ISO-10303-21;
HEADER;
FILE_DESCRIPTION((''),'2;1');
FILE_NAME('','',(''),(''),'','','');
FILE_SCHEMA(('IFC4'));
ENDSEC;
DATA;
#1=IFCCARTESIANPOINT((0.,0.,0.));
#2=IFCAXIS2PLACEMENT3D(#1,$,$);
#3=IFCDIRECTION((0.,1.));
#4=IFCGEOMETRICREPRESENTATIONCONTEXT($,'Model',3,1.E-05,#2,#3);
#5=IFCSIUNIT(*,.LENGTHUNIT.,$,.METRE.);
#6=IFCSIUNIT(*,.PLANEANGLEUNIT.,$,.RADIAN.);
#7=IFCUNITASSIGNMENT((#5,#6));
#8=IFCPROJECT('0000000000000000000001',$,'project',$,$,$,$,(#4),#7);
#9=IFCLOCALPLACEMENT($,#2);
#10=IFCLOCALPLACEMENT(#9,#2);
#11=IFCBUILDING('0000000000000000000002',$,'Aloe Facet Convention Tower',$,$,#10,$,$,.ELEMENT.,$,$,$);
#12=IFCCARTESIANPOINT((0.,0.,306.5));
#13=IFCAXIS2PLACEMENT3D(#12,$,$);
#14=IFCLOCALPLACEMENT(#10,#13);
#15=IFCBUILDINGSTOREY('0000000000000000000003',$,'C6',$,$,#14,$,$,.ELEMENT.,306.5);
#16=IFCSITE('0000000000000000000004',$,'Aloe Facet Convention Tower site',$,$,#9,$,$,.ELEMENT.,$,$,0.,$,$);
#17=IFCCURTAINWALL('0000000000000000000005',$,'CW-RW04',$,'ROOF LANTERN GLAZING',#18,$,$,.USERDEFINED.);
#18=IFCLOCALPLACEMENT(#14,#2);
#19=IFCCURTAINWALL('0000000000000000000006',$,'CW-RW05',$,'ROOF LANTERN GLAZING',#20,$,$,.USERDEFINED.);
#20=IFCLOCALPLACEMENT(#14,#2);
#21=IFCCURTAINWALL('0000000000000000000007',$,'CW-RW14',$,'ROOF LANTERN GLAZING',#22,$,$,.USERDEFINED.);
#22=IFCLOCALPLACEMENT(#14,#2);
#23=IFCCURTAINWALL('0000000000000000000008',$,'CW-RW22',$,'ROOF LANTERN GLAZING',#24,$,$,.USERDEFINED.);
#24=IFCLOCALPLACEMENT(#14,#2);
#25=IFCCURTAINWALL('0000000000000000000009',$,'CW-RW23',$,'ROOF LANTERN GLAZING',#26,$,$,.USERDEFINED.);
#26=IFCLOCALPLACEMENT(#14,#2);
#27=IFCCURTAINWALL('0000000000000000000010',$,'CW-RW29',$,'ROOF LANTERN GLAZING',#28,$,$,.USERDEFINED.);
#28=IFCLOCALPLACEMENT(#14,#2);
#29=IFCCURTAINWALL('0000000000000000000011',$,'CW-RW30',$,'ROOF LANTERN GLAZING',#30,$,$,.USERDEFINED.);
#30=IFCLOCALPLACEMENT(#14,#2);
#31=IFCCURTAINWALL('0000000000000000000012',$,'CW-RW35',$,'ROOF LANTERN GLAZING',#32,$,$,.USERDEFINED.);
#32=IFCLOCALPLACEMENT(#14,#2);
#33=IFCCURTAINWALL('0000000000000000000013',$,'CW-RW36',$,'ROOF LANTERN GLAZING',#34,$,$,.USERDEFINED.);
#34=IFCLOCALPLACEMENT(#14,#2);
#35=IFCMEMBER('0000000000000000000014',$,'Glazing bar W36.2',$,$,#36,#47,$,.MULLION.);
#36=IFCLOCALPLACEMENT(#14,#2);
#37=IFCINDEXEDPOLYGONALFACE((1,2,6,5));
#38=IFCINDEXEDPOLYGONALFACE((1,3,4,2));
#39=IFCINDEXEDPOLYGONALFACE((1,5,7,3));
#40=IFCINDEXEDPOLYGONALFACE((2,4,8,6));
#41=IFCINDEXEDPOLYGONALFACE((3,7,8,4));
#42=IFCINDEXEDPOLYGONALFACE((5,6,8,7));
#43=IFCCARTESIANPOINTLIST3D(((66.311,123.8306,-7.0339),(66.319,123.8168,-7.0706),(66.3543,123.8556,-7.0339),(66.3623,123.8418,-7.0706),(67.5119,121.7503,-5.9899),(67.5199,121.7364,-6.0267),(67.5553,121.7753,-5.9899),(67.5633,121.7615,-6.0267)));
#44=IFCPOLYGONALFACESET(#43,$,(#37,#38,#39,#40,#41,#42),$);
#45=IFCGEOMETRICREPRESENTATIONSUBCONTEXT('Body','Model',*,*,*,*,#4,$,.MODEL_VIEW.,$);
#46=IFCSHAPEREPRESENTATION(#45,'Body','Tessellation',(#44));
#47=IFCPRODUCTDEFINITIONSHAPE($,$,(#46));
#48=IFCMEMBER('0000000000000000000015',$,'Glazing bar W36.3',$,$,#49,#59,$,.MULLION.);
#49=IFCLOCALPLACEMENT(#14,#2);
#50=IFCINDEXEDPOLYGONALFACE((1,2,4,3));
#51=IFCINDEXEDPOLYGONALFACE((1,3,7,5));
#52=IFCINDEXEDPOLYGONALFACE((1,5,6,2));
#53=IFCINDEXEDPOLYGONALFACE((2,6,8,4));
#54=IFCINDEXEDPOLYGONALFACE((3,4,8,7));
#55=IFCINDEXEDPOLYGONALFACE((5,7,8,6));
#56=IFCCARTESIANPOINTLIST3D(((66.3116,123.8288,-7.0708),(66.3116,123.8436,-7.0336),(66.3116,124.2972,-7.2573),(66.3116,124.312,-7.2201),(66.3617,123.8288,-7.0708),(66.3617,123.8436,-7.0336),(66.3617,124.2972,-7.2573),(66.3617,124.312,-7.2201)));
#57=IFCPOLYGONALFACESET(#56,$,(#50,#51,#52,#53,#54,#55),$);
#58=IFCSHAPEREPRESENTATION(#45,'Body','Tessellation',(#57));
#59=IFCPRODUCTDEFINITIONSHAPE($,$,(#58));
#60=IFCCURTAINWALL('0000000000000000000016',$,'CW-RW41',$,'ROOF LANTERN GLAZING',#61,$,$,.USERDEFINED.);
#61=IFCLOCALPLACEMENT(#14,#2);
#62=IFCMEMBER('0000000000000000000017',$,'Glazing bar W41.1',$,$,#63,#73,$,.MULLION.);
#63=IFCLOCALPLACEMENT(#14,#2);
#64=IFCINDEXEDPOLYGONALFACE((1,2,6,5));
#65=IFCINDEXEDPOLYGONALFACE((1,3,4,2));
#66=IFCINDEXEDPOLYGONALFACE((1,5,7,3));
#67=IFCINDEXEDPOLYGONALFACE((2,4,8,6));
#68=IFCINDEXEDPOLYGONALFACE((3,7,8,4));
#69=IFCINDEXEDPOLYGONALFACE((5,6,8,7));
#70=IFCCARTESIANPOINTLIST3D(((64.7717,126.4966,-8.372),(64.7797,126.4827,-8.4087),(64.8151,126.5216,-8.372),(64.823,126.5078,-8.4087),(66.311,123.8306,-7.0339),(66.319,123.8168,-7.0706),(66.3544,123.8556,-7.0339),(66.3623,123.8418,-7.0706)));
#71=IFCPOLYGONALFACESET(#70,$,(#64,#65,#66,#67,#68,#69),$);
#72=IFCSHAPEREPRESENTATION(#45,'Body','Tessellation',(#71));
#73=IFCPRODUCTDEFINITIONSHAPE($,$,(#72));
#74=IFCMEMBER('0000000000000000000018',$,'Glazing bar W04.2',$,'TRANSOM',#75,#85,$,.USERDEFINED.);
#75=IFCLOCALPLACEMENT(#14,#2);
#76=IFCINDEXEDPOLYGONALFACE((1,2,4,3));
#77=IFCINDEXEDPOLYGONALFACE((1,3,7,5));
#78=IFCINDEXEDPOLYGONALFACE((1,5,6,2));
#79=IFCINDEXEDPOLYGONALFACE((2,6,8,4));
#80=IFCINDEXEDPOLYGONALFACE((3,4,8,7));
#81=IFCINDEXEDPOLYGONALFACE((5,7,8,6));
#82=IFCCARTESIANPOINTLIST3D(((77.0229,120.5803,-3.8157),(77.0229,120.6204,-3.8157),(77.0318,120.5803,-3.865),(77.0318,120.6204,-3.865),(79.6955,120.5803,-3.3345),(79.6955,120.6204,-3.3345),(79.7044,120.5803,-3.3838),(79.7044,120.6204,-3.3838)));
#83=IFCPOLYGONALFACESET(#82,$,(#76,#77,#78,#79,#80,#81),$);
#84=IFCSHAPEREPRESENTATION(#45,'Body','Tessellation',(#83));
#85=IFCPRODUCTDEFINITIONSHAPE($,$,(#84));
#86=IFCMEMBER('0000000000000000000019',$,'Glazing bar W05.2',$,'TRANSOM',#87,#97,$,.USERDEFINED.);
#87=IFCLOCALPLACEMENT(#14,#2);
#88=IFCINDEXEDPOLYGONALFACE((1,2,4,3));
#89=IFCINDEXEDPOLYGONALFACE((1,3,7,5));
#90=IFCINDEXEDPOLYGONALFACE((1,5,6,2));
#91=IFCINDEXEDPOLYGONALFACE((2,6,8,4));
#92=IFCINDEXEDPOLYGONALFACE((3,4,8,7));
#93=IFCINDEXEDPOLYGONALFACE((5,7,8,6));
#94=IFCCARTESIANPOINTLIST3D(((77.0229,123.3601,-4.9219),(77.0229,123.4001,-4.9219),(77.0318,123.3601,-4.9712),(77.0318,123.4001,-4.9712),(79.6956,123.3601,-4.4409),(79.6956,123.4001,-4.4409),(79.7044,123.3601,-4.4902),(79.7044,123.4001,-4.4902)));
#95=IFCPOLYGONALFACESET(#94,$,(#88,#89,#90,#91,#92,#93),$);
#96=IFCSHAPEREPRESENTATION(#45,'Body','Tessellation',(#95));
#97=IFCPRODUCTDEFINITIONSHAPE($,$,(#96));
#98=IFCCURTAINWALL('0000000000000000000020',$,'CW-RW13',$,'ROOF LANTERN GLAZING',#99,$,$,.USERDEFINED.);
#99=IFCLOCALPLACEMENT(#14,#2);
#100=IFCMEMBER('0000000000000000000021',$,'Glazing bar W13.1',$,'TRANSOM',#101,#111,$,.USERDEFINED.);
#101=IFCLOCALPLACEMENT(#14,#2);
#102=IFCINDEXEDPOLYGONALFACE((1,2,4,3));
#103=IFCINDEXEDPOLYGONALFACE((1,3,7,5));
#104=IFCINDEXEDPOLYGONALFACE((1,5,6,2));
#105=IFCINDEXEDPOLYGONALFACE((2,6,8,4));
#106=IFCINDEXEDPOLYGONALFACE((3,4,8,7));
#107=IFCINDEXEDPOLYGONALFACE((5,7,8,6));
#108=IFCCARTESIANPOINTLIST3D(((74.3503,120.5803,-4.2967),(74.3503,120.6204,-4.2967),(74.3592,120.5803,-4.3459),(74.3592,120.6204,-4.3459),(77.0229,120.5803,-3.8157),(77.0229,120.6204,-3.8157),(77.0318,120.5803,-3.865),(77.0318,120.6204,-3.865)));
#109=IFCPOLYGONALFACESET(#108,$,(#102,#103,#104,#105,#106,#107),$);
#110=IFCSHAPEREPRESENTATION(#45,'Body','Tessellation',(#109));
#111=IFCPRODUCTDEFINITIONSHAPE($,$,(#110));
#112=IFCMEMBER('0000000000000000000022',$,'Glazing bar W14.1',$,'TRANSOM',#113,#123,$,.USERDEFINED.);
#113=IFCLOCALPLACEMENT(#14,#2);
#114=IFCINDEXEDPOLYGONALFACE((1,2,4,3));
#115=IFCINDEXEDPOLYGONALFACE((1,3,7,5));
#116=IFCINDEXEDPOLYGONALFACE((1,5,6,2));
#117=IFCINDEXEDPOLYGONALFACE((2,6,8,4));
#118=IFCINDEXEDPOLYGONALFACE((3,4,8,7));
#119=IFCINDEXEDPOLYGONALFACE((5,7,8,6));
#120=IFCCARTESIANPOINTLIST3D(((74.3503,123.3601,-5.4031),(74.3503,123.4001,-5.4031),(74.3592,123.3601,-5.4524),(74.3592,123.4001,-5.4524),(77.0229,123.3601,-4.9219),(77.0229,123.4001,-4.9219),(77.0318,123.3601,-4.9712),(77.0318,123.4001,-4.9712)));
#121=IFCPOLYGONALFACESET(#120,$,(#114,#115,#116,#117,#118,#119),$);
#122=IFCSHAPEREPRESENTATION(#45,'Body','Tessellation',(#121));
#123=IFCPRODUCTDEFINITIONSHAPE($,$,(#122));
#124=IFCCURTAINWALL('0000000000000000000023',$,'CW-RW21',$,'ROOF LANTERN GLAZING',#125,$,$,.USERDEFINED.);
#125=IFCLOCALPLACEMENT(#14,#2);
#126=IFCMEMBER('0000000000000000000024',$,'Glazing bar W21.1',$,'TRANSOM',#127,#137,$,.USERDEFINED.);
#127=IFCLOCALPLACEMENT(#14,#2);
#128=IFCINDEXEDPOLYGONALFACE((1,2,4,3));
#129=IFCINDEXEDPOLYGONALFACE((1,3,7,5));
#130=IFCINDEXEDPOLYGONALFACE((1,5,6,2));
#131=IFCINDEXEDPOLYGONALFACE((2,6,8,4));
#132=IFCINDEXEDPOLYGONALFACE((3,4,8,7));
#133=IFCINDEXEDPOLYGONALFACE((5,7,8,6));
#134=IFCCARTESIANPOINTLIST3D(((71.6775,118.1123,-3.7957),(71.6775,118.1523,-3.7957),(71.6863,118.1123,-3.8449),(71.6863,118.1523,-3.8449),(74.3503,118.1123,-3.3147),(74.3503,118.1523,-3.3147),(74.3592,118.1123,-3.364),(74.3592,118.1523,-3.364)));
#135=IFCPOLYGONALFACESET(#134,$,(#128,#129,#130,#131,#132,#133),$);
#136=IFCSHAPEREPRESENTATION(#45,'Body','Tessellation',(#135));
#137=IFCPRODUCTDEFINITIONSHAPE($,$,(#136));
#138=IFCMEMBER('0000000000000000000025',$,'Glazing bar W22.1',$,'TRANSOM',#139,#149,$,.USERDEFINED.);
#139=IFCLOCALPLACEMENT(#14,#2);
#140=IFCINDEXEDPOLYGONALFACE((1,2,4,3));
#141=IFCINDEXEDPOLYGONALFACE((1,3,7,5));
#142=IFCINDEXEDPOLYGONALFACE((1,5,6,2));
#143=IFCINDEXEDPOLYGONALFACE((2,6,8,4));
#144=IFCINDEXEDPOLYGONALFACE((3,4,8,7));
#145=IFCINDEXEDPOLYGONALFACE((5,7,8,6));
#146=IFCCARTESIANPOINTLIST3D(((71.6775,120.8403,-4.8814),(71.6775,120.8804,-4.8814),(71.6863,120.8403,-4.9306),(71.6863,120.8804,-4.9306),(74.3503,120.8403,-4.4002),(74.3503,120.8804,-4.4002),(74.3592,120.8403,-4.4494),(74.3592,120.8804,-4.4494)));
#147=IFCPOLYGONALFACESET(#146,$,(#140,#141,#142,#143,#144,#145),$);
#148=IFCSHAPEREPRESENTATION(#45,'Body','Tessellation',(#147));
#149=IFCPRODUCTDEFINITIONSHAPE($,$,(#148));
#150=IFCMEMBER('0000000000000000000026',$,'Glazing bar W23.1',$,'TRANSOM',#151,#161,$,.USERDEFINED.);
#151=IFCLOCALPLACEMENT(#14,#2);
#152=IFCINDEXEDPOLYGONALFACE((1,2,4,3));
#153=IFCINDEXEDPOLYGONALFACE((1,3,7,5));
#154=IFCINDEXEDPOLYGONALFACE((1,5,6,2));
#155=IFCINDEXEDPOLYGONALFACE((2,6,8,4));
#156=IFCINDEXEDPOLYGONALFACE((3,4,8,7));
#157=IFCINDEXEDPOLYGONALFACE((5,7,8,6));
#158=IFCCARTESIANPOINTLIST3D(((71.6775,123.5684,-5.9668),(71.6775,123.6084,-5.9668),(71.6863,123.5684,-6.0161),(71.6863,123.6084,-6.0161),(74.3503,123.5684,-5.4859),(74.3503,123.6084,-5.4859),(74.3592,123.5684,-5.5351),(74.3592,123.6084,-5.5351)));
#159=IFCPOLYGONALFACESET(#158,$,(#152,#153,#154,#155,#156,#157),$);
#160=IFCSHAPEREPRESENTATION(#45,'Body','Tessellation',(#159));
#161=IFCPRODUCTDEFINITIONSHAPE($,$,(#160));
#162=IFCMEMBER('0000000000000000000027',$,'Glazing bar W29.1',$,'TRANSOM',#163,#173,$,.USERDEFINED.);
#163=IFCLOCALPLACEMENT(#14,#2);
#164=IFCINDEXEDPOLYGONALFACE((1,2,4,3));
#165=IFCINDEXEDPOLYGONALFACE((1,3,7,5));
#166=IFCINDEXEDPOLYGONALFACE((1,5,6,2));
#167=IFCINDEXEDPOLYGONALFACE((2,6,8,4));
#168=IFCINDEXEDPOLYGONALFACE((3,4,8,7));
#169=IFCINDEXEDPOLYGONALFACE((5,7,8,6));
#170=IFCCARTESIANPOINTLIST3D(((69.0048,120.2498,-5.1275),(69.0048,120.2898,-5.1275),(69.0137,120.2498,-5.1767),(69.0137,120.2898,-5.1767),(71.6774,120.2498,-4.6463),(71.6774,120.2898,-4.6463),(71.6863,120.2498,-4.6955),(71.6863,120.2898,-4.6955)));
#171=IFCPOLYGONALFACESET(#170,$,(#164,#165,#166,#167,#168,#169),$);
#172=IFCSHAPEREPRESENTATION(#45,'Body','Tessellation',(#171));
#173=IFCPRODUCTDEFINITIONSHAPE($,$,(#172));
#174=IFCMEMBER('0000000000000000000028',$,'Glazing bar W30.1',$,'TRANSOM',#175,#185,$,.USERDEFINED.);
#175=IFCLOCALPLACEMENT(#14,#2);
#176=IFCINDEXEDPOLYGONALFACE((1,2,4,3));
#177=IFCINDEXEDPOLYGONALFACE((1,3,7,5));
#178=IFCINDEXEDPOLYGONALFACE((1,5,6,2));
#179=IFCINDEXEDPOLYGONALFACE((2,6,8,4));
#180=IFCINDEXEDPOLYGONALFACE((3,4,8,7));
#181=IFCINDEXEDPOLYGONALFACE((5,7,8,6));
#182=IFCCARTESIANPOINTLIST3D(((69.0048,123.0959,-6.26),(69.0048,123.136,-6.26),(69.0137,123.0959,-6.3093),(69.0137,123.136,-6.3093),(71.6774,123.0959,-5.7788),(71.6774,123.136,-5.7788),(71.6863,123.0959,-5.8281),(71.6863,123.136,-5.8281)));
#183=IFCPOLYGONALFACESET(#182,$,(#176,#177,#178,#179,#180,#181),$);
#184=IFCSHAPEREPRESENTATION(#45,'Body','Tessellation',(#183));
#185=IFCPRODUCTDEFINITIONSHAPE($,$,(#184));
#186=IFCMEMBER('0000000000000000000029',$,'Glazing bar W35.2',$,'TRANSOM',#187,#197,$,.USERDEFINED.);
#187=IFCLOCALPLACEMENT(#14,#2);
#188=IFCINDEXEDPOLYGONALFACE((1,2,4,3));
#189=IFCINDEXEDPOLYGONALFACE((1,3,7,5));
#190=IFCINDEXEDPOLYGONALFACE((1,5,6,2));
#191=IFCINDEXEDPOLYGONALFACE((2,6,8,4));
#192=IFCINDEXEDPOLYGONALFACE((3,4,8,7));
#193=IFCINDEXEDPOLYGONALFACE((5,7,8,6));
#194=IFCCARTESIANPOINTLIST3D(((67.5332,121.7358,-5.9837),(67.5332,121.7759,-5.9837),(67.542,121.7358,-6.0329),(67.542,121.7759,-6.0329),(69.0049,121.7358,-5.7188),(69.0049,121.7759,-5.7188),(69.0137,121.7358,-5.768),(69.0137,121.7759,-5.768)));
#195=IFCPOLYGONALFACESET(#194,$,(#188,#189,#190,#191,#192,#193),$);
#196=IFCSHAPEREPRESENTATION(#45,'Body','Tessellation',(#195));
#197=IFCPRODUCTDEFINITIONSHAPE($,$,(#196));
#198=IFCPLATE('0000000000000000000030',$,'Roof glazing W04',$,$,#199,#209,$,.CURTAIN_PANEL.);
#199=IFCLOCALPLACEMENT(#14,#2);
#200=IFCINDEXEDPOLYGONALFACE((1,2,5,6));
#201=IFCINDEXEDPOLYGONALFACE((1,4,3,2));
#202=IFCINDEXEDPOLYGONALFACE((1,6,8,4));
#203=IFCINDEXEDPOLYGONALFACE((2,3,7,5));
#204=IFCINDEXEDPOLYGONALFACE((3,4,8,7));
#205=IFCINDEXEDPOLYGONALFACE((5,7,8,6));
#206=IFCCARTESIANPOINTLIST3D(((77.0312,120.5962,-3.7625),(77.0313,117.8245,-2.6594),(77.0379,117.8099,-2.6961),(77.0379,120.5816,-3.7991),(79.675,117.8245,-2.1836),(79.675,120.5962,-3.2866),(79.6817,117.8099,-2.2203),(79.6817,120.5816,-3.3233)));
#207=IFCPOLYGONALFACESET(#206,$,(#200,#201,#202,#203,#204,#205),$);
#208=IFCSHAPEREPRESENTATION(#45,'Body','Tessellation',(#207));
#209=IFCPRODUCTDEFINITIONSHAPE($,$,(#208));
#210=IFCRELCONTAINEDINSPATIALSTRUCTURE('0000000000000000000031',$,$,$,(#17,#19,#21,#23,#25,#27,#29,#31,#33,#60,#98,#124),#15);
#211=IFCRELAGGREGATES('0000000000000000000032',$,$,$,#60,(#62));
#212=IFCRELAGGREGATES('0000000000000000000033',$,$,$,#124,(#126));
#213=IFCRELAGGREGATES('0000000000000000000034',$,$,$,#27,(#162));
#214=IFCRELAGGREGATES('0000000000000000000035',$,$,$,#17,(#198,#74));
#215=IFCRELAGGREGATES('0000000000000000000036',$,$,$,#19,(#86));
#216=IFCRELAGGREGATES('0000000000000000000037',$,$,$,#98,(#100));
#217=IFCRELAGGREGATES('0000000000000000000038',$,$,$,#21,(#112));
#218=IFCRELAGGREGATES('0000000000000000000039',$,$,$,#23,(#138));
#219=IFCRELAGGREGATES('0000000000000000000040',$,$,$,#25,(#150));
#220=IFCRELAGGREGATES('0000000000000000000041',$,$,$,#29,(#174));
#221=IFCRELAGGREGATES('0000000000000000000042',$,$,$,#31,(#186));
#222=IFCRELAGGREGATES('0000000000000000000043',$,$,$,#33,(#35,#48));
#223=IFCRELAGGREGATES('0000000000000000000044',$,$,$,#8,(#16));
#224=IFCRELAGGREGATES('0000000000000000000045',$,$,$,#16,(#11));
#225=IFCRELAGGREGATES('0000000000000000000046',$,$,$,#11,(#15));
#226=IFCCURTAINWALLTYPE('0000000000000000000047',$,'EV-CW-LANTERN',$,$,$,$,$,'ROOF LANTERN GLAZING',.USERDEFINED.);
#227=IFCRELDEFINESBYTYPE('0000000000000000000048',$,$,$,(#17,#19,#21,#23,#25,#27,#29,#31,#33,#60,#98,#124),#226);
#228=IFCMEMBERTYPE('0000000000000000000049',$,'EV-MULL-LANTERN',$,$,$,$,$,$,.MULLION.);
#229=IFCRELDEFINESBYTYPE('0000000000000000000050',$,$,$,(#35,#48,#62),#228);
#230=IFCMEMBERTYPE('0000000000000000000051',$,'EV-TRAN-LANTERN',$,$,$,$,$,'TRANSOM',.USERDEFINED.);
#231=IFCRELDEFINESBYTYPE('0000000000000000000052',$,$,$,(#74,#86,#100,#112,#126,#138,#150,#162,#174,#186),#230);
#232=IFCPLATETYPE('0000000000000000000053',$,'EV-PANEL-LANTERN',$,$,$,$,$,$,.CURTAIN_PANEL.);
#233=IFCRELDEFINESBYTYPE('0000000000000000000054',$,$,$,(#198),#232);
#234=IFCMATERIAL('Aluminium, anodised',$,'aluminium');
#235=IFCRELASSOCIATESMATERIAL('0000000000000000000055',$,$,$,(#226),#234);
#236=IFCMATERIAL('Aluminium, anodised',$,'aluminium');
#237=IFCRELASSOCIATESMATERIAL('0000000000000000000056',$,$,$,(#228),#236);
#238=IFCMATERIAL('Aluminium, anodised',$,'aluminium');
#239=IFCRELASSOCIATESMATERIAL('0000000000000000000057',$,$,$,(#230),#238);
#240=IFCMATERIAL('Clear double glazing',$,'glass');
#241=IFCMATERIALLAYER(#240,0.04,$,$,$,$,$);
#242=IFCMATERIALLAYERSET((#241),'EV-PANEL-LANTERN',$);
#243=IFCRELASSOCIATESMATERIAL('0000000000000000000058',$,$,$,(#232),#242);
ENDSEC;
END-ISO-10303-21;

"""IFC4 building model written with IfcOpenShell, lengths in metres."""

from ifc_helpers import new_model, si_unit, direction, frame, origin, origin_2d, place, context, subcontext, project, spatial, polyline, rectangle, outline, extrude, material, layer, layer_set, material_profile, profile_set, type_object, element, aggregate, save


model = new_model("IFC4")

# Units and contexts
model_context = context("Model", 3, precision=1e-05, world=origin(), true_north=direction((0.0, 1.0)))
body_context = subcontext(model_context, "Body", "Model", "MODEL_VIEW")
ifc_project = project(units=[si_unit("LENGTHUNIT", "METRE"), si_unit("PLANEANGLEUNIT", "RADIAN")], contexts=[model_context])

# Site, building, storey
site_placement = place(None, origin())
site = spatial("IfcSite", under=ifc_project, at=site_placement, Name="Aloe Facet Convention Tower site", CompositionType="ELEMENT", RefElevation=0.0)
building_placement = place(site_placement, origin())
building = spatial("IfcBuilding", under=site, at=building_placement, Name="Aloe Facet Convention Tower", CompositionType="ELEMENT")
storey_placement = place(building_placement, frame((0.0, 0.0, 306.5)))
storey = spatial("IfcBuildingStorey", under=building, at=storey_placement, Name="C6", CompositionType="ELEMENT", Elevation=306.5)

# Shared definitions
ifc_material_1 = material(Name="Aluminium, anodised", Category="aluminium")
curtain_wall_type = type_object("IfcCurtainWallType", Name="EV-CW-LANTERN", ElementType="ROOF LANTERN GLAZING", PredefinedType="USERDEFINED", material=ifc_material_1)
ifc_material_2 = material(Name="Aluminium, anodised", Category="aluminium")
ifc_material_profile_1 = material_profile(ifc_material_2, rectangle(XDim=0.05, YDim=0.04, at=origin_2d()), Name="AL 50x40")
ifc_profile_set_1 = profile_set([ifc_material_profile_1], Name="Aluminium, anodised")
member_type_1 = type_object("IfcMemberType", Name="EV-MULL-LANTERN", PredefinedType="MULLION", material=ifc_profile_set_1)

# Curtain walls
curtain_wall_1_placement = place(storey_placement, origin())
curtain_wall_1 = element("IfcCurtainWall", 1, at=curtain_wall_1_placement, inside=storey, type_object=curtain_wall_type, Name="CW-RW04", ObjectType="ROOF LANTERN GLAZING", PredefinedType="USERDEFINED")
curtain_wall_2_placement = place(storey_placement, origin())
curtain_wall_2 = element("IfcCurtainWall", 2, at=curtain_wall_2_placement, inside=storey, type_object=curtain_wall_type, Name="CW-RW05", ObjectType="ROOF LANTERN GLAZING", PredefinedType="USERDEFINED")

# Curtain walls
curtain_wall_3_placement = place(storey_placement, origin())
curtain_wall_3 = element("IfcCurtainWall", 3, at=curtain_wall_3_placement, inside=storey, type_object=curtain_wall_type, Name="CW-RW14", ObjectType="ROOF LANTERN GLAZING", PredefinedType="USERDEFINED")
curtain_wall_4_placement = place(storey_placement, origin())
curtain_wall_4 = element("IfcCurtainWall", 4, at=curtain_wall_4_placement, inside=storey, type_object=curtain_wall_type, Name="CW-RW22", ObjectType="ROOF LANTERN GLAZING", PredefinedType="USERDEFINED")
curtain_wall_5_placement = place(storey_placement, origin())
curtain_wall_5 = element("IfcCurtainWall", 5, at=curtain_wall_5_placement, inside=storey, type_object=curtain_wall_type, Name="CW-RW23", ObjectType="ROOF LANTERN GLAZING", PredefinedType="USERDEFINED")
curtain_wall_6_placement = place(storey_placement, origin())
curtain_wall_6 = element("IfcCurtainWall", 6, at=curtain_wall_6_placement, inside=storey, type_object=curtain_wall_type, Name="CW-RW29", ObjectType="ROOF LANTERN GLAZING", PredefinedType="USERDEFINED")
curtain_wall_7_placement = place(storey_placement, origin())
curtain_wall_7 = element("IfcCurtainWall", 7, at=curtain_wall_7_placement, inside=storey, type_object=curtain_wall_type, Name="CW-RW30", ObjectType="ROOF LANTERN GLAZING", PredefinedType="USERDEFINED")
curtain_wall_8_placement = place(storey_placement, origin())
curtain_wall_8 = element("IfcCurtainWall", 8, at=curtain_wall_8_placement, inside=storey, type_object=curtain_wall_type, Name="CW-RW35", ObjectType="ROOF LANTERN GLAZING", PredefinedType="USERDEFINED")

# Curtain wall, members
curtain_wall_9_placement = place(storey_placement, origin())
curtain_wall_9 = element("IfcCurtainWall", 9, at=curtain_wall_9_placement, inside=storey, type_object=curtain_wall_type, Name="CW-RW36", ObjectType="ROOF LANTERN GLAZING", PredefinedType="USERDEFINED")
member_1_placement = place(storey_placement, frame((67.5376, 121.7559, -6.0083), z_axis=(-0.458523, 0.794283, -0.398586), x_axis=(-0.866052, -0.499954, 0.0)))
member_1 = element("IfcMember", 10, at=member_1_placement, type_object=member_type_1, Name="Glazing bar W36.2", PredefinedType="MULLION", context=body_context, shape_type="SweptSolid", body=[
    extrude(rectangle(XDim=0.05, YDim=0.04, at=origin_2d()), origin(), (0.0, 0.0, 1.0), 2.6191),
])
member_2_placement = place(storey_placement, frame((66.3367, 123.8362, -7.0522), z_axis=(0.0, 0.929076, -0.369888), x_axis=(-1.0, 0.0, 0.0)))
member_2 = element("IfcMember", 11, at=member_2_placement, type_object=member_type_1, Name="Glazing bar W36.3", PredefinedType="MULLION", context=body_context, shape_type="SweptSolid", body=[
    extrude(rectangle(XDim=0.05, YDim=0.04, at=origin_2d()), origin(), (0.0, 0.0, 1.0), 0.5042),
])

# Curtain wall, member
curtain_wall_10_placement = place(storey_placement, origin())
curtain_wall_10 = element("IfcCurtainWall", 12, at=curtain_wall_10_placement, inside=storey, type_object=curtain_wall_type, Name="CW-RW41", ObjectType="ROOF LANTERN GLAZING", PredefinedType="USERDEFINED")
member_3_placement = place(storey_placement, frame((66.3367, 123.8362, -7.0522), z_axis=(-0.458572, 0.794227, -0.398641), x_axis=(-0.866014, -0.50002, 0.0)))
member_3 = element("IfcMember", 13, at=member_3_placement, type_object=member_type_1, Name="Glazing bar W41.1", PredefinedType="MULLION", context=body_context, shape_type="SweptSolid", body=[
    extrude(rectangle(XDim=0.05, YDim=0.04, at=origin_2d()), origin(), (0.0, 0.0, 1.0), 3.3567),
])
aggregate(curtain_wall_10, [member_3])

# Members
ifc_material_3 = material(Name="Aluminium, anodised", Category="aluminium")
ifc_material_profile_2 = material_profile(ifc_material_3, rectangle(XDim=0.04, YDim=0.05, at=origin_2d()), Name="AL 40x50")
ifc_profile_set_2 = profile_set([ifc_material_profile_2], Name="Aluminium, anodised")
member_type_2 = type_object("IfcMemberType", Name="EV-TRAN-LANTERN", ElementType="TRANSOM", PredefinedType="USERDEFINED", material=ifc_profile_set_2)
member_4_placement = place(storey_placement, frame((77.0273, 120.6003, -3.8403), z_axis=(0.984175, 0.0, 0.1772), x_axis=(0.0, 1.0, 0.0)))
member_4 = element("IfcMember", 14, at=member_4_placement, type_object=member_type_2, Name="Glazing bar W04.2", ObjectType="TRANSOM", PredefinedType="USERDEFINED", context=body_context, shape_type="SweptSolid", body=[
    extrude(rectangle(XDim=0.04, YDim=0.05, at=origin_2d()), origin(), (0.0, 0.0, 1.0), 2.7156),
])
member_5_placement = place(storey_placement, frame((77.0273, 123.3801, -4.9465), z_axis=(0.984191, 0.0, 0.177113), x_axis=(0.0, 1.0, 0.0)))
member_5 = element("IfcMember", 15, at=member_5_placement, type_object=member_type_2, Name="Glazing bar W05.2", ObjectType="TRANSOM", PredefinedType="USERDEFINED", context=body_context, shape_type="SweptSolid", body=[
    extrude(rectangle(XDim=0.04, YDim=0.05, at=origin_2d()), origin(), (0.0, 0.0, 1.0), 2.7156),
])

# Curtain wall, member
curtain_wall_11_placement = place(storey_placement, origin())
curtain_wall_11 = element("IfcCurtainWall", 16, at=curtain_wall_11_placement, inside=storey, type_object=curtain_wall_type, Name="CW-RW13", ObjectType="ROOF LANTERN GLAZING", PredefinedType="USERDEFINED")
member_6_placement = place(storey_placement, frame((74.3547, 120.6003, -4.3213), z_axis=(0.984191, 0.0, 0.177113), x_axis=(0.0, 1.0, 0.0)))
member_6 = element("IfcMember", 17, at=member_6_placement, type_object=member_type_2, Name="Glazing bar W13.1", ObjectType="TRANSOM", PredefinedType="USERDEFINED", context=body_context, shape_type="SweptSolid", body=[
    extrude(rectangle(XDim=0.04, YDim=0.05, at=origin_2d()), origin(), (0.0, 0.0, 1.0), 2.7156),
])

# Member
member_7_placement = place(storey_placement, frame((74.3547, 123.3801, -5.4277), z_axis=(0.984175, 0.0, 0.1772), x_axis=(0.0, 1.0, 0.0)))
member_7 = element("IfcMember", 18, at=member_7_placement, type_object=member_type_2, Name="Glazing bar W14.1", ObjectType="TRANSOM", PredefinedType="USERDEFINED", context=body_context, shape_type="SweptSolid", body=[
    extrude(rectangle(XDim=0.04, YDim=0.05, at=origin_2d()), origin(), (0.0, 0.0, 1.0), 2.7156),
])

# Curtain wall, member
curtain_wall_12_placement = place(storey_placement, origin())
curtain_wall_12 = element("IfcCurtainWall", 19, at=curtain_wall_12_placement, inside=storey, type_object=curtain_wall_type, Name="CW-RW21", ObjectType="ROOF LANTERN GLAZING", PredefinedType="USERDEFINED")
member_8_placement = place(storey_placement, frame((71.6819, 118.1323, -3.8203), z_axis=(0.984193, 0.0, 0.177097), x_axis=(0.0, 1.0, 0.0)))
member_8 = element("IfcMember", 20, at=member_8_placement, type_object=member_type_2, Name="Glazing bar W21.1", ObjectType="TRANSOM", PredefinedType="USERDEFINED", context=body_context, shape_type="SweptSolid", body=[
    extrude(rectangle(XDim=0.04, YDim=0.05, at=origin_2d()), origin(), (0.0, 0.0, 1.0), 2.7158),
])
aggregate(curtain_wall_12, [member_8])

# Members
member_9_placement = place(storey_placement, frame((71.6819, 120.8604, -4.906), z_axis=(0.984178, 0.0, 0.177184), x_axis=(0.0, 1.0, 0.0)))
member_9 = element("IfcMember", 21, at=member_9_placement, type_object=member_type_2, Name="Glazing bar W22.1", ObjectType="TRANSOM", PredefinedType="USERDEFINED", context=body_context, shape_type="SweptSolid", body=[
    extrude(rectangle(XDim=0.04, YDim=0.05, at=origin_2d()), origin(), (0.0, 0.0, 1.0), 2.7158),
])
member_10_placement = place(storey_placement, frame((71.6819, 123.5884, -5.9915), z_axis=(0.984193, 0.0, 0.177097), x_axis=(0.0, 1.0, 0.0)))
member_10 = element("IfcMember", 22, at=member_10_placement, type_object=member_type_2, Name="Glazing bar W23.1", ObjectType="TRANSOM", PredefinedType="USERDEFINED", context=body_context, shape_type="SweptSolid", body=[
    extrude(rectangle(XDim=0.04, YDim=0.05, at=origin_2d()), origin(), (0.0, 0.0, 1.0), 2.7158),
])
member_11_placement = place(storey_placement, frame((69.0093, 120.2698, -5.1521), z_axis=(0.984175, 0.0, 0.1772), x_axis=(0.0, 1.0, 0.0)))
member_11 = element("IfcMember", 23, at=member_11_placement, type_object=member_type_2, Name="Glazing bar W29.1", ObjectType="TRANSOM", PredefinedType="USERDEFINED", context=body_context, shape_type="SweptSolid", body=[
    extrude(rectangle(XDim=0.04, YDim=0.05, at=origin_2d()), origin(), (0.0, 0.0, 1.0), 2.7156),
])
aggregate(curtain_wall_6, [member_11])
member_12_placement = place(storey_placement, frame((69.0093, 123.116, -6.2847), z_axis=(0.984175, 0.0, 0.1772), x_axis=(0.0, 1.0, 0.0)))
member_12 = element("IfcMember", 24, at=member_12_placement, type_object=member_type_2, Name="Glazing bar W30.1", ObjectType="TRANSOM", PredefinedType="USERDEFINED", context=body_context, shape_type="SweptSolid", body=[
    extrude(rectangle(XDim=0.04, YDim=0.05, at=origin_2d()), origin(), (0.0, 0.0, 1.0), 2.7156),
])
member_13_placement = place(storey_placement, frame((67.5376, 121.7559, -6.0083), z_axis=(0.984184, 0.0, 0.177147), x_axis=(0.0, 1.0, 0.0)))
member_13 = element("IfcMember", 25, at=member_13_placement, type_object=member_type_2, Name="Glazing bar W35.2", ObjectType="TRANSOM", PredefinedType="USERDEFINED", context=body_context, shape_type="SweptSolid", body=[
    extrude(rectangle(XDim=0.04, YDim=0.05, at=origin_2d()), origin(), (0.0, 0.0, 1.0), 1.4954),
])

# Plate
ifc_material_4 = material(Name="Clear double glazing", Category="glass")
ifc_layer = layer(ifc_material_4, 0.04)
ifc_layer_set = layer_set([ifc_layer], Name="EV-PANEL-LANTERN")
plate_type = type_object("IfcPlateType", Name="EV-PANEL-LANTERN", PredefinedType="CURTAIN_PANEL", material=ifc_layer_set)
plate_1_placement = place(storey_placement, frame((77.0312, 120.5962, -3.7625), z_axis=(-0.164934, 0.364689, 0.916405), x_axis=(0.984187, 0.0, 0.177134)))
plate_1 = element("IfcPlate", 26, at=plate_1_placement, type_object=plate_type, Name="Roof glazing W04", PredefinedType="CURTAIN_PANEL", context=body_context, shape_type="SweptSolid", body=[
    extrude(outline(polyline([(0.0, 0.0), (2.6863, 0.0), (2.8817, -2.9767), (0.1954, -2.9767), (0.0, 0.0)])), origin(), (0.0, 0.0, -1.0), 0.04),
])
aggregate(curtain_wall_1, [plate_1, member_4])
aggregate(curtain_wall_2, [member_5])
aggregate(curtain_wall_11, [member_6])
aggregate(curtain_wall_3, [member_7])
aggregate(curtain_wall_4, [member_9])
aggregate(curtain_wall_5, [member_10])
aggregate(curtain_wall_7, [member_12])
aggregate(curtain_wall_8, [member_13])
aggregate(curtain_wall_9, [member_1, member_2])

save(model, "model.ifc")
